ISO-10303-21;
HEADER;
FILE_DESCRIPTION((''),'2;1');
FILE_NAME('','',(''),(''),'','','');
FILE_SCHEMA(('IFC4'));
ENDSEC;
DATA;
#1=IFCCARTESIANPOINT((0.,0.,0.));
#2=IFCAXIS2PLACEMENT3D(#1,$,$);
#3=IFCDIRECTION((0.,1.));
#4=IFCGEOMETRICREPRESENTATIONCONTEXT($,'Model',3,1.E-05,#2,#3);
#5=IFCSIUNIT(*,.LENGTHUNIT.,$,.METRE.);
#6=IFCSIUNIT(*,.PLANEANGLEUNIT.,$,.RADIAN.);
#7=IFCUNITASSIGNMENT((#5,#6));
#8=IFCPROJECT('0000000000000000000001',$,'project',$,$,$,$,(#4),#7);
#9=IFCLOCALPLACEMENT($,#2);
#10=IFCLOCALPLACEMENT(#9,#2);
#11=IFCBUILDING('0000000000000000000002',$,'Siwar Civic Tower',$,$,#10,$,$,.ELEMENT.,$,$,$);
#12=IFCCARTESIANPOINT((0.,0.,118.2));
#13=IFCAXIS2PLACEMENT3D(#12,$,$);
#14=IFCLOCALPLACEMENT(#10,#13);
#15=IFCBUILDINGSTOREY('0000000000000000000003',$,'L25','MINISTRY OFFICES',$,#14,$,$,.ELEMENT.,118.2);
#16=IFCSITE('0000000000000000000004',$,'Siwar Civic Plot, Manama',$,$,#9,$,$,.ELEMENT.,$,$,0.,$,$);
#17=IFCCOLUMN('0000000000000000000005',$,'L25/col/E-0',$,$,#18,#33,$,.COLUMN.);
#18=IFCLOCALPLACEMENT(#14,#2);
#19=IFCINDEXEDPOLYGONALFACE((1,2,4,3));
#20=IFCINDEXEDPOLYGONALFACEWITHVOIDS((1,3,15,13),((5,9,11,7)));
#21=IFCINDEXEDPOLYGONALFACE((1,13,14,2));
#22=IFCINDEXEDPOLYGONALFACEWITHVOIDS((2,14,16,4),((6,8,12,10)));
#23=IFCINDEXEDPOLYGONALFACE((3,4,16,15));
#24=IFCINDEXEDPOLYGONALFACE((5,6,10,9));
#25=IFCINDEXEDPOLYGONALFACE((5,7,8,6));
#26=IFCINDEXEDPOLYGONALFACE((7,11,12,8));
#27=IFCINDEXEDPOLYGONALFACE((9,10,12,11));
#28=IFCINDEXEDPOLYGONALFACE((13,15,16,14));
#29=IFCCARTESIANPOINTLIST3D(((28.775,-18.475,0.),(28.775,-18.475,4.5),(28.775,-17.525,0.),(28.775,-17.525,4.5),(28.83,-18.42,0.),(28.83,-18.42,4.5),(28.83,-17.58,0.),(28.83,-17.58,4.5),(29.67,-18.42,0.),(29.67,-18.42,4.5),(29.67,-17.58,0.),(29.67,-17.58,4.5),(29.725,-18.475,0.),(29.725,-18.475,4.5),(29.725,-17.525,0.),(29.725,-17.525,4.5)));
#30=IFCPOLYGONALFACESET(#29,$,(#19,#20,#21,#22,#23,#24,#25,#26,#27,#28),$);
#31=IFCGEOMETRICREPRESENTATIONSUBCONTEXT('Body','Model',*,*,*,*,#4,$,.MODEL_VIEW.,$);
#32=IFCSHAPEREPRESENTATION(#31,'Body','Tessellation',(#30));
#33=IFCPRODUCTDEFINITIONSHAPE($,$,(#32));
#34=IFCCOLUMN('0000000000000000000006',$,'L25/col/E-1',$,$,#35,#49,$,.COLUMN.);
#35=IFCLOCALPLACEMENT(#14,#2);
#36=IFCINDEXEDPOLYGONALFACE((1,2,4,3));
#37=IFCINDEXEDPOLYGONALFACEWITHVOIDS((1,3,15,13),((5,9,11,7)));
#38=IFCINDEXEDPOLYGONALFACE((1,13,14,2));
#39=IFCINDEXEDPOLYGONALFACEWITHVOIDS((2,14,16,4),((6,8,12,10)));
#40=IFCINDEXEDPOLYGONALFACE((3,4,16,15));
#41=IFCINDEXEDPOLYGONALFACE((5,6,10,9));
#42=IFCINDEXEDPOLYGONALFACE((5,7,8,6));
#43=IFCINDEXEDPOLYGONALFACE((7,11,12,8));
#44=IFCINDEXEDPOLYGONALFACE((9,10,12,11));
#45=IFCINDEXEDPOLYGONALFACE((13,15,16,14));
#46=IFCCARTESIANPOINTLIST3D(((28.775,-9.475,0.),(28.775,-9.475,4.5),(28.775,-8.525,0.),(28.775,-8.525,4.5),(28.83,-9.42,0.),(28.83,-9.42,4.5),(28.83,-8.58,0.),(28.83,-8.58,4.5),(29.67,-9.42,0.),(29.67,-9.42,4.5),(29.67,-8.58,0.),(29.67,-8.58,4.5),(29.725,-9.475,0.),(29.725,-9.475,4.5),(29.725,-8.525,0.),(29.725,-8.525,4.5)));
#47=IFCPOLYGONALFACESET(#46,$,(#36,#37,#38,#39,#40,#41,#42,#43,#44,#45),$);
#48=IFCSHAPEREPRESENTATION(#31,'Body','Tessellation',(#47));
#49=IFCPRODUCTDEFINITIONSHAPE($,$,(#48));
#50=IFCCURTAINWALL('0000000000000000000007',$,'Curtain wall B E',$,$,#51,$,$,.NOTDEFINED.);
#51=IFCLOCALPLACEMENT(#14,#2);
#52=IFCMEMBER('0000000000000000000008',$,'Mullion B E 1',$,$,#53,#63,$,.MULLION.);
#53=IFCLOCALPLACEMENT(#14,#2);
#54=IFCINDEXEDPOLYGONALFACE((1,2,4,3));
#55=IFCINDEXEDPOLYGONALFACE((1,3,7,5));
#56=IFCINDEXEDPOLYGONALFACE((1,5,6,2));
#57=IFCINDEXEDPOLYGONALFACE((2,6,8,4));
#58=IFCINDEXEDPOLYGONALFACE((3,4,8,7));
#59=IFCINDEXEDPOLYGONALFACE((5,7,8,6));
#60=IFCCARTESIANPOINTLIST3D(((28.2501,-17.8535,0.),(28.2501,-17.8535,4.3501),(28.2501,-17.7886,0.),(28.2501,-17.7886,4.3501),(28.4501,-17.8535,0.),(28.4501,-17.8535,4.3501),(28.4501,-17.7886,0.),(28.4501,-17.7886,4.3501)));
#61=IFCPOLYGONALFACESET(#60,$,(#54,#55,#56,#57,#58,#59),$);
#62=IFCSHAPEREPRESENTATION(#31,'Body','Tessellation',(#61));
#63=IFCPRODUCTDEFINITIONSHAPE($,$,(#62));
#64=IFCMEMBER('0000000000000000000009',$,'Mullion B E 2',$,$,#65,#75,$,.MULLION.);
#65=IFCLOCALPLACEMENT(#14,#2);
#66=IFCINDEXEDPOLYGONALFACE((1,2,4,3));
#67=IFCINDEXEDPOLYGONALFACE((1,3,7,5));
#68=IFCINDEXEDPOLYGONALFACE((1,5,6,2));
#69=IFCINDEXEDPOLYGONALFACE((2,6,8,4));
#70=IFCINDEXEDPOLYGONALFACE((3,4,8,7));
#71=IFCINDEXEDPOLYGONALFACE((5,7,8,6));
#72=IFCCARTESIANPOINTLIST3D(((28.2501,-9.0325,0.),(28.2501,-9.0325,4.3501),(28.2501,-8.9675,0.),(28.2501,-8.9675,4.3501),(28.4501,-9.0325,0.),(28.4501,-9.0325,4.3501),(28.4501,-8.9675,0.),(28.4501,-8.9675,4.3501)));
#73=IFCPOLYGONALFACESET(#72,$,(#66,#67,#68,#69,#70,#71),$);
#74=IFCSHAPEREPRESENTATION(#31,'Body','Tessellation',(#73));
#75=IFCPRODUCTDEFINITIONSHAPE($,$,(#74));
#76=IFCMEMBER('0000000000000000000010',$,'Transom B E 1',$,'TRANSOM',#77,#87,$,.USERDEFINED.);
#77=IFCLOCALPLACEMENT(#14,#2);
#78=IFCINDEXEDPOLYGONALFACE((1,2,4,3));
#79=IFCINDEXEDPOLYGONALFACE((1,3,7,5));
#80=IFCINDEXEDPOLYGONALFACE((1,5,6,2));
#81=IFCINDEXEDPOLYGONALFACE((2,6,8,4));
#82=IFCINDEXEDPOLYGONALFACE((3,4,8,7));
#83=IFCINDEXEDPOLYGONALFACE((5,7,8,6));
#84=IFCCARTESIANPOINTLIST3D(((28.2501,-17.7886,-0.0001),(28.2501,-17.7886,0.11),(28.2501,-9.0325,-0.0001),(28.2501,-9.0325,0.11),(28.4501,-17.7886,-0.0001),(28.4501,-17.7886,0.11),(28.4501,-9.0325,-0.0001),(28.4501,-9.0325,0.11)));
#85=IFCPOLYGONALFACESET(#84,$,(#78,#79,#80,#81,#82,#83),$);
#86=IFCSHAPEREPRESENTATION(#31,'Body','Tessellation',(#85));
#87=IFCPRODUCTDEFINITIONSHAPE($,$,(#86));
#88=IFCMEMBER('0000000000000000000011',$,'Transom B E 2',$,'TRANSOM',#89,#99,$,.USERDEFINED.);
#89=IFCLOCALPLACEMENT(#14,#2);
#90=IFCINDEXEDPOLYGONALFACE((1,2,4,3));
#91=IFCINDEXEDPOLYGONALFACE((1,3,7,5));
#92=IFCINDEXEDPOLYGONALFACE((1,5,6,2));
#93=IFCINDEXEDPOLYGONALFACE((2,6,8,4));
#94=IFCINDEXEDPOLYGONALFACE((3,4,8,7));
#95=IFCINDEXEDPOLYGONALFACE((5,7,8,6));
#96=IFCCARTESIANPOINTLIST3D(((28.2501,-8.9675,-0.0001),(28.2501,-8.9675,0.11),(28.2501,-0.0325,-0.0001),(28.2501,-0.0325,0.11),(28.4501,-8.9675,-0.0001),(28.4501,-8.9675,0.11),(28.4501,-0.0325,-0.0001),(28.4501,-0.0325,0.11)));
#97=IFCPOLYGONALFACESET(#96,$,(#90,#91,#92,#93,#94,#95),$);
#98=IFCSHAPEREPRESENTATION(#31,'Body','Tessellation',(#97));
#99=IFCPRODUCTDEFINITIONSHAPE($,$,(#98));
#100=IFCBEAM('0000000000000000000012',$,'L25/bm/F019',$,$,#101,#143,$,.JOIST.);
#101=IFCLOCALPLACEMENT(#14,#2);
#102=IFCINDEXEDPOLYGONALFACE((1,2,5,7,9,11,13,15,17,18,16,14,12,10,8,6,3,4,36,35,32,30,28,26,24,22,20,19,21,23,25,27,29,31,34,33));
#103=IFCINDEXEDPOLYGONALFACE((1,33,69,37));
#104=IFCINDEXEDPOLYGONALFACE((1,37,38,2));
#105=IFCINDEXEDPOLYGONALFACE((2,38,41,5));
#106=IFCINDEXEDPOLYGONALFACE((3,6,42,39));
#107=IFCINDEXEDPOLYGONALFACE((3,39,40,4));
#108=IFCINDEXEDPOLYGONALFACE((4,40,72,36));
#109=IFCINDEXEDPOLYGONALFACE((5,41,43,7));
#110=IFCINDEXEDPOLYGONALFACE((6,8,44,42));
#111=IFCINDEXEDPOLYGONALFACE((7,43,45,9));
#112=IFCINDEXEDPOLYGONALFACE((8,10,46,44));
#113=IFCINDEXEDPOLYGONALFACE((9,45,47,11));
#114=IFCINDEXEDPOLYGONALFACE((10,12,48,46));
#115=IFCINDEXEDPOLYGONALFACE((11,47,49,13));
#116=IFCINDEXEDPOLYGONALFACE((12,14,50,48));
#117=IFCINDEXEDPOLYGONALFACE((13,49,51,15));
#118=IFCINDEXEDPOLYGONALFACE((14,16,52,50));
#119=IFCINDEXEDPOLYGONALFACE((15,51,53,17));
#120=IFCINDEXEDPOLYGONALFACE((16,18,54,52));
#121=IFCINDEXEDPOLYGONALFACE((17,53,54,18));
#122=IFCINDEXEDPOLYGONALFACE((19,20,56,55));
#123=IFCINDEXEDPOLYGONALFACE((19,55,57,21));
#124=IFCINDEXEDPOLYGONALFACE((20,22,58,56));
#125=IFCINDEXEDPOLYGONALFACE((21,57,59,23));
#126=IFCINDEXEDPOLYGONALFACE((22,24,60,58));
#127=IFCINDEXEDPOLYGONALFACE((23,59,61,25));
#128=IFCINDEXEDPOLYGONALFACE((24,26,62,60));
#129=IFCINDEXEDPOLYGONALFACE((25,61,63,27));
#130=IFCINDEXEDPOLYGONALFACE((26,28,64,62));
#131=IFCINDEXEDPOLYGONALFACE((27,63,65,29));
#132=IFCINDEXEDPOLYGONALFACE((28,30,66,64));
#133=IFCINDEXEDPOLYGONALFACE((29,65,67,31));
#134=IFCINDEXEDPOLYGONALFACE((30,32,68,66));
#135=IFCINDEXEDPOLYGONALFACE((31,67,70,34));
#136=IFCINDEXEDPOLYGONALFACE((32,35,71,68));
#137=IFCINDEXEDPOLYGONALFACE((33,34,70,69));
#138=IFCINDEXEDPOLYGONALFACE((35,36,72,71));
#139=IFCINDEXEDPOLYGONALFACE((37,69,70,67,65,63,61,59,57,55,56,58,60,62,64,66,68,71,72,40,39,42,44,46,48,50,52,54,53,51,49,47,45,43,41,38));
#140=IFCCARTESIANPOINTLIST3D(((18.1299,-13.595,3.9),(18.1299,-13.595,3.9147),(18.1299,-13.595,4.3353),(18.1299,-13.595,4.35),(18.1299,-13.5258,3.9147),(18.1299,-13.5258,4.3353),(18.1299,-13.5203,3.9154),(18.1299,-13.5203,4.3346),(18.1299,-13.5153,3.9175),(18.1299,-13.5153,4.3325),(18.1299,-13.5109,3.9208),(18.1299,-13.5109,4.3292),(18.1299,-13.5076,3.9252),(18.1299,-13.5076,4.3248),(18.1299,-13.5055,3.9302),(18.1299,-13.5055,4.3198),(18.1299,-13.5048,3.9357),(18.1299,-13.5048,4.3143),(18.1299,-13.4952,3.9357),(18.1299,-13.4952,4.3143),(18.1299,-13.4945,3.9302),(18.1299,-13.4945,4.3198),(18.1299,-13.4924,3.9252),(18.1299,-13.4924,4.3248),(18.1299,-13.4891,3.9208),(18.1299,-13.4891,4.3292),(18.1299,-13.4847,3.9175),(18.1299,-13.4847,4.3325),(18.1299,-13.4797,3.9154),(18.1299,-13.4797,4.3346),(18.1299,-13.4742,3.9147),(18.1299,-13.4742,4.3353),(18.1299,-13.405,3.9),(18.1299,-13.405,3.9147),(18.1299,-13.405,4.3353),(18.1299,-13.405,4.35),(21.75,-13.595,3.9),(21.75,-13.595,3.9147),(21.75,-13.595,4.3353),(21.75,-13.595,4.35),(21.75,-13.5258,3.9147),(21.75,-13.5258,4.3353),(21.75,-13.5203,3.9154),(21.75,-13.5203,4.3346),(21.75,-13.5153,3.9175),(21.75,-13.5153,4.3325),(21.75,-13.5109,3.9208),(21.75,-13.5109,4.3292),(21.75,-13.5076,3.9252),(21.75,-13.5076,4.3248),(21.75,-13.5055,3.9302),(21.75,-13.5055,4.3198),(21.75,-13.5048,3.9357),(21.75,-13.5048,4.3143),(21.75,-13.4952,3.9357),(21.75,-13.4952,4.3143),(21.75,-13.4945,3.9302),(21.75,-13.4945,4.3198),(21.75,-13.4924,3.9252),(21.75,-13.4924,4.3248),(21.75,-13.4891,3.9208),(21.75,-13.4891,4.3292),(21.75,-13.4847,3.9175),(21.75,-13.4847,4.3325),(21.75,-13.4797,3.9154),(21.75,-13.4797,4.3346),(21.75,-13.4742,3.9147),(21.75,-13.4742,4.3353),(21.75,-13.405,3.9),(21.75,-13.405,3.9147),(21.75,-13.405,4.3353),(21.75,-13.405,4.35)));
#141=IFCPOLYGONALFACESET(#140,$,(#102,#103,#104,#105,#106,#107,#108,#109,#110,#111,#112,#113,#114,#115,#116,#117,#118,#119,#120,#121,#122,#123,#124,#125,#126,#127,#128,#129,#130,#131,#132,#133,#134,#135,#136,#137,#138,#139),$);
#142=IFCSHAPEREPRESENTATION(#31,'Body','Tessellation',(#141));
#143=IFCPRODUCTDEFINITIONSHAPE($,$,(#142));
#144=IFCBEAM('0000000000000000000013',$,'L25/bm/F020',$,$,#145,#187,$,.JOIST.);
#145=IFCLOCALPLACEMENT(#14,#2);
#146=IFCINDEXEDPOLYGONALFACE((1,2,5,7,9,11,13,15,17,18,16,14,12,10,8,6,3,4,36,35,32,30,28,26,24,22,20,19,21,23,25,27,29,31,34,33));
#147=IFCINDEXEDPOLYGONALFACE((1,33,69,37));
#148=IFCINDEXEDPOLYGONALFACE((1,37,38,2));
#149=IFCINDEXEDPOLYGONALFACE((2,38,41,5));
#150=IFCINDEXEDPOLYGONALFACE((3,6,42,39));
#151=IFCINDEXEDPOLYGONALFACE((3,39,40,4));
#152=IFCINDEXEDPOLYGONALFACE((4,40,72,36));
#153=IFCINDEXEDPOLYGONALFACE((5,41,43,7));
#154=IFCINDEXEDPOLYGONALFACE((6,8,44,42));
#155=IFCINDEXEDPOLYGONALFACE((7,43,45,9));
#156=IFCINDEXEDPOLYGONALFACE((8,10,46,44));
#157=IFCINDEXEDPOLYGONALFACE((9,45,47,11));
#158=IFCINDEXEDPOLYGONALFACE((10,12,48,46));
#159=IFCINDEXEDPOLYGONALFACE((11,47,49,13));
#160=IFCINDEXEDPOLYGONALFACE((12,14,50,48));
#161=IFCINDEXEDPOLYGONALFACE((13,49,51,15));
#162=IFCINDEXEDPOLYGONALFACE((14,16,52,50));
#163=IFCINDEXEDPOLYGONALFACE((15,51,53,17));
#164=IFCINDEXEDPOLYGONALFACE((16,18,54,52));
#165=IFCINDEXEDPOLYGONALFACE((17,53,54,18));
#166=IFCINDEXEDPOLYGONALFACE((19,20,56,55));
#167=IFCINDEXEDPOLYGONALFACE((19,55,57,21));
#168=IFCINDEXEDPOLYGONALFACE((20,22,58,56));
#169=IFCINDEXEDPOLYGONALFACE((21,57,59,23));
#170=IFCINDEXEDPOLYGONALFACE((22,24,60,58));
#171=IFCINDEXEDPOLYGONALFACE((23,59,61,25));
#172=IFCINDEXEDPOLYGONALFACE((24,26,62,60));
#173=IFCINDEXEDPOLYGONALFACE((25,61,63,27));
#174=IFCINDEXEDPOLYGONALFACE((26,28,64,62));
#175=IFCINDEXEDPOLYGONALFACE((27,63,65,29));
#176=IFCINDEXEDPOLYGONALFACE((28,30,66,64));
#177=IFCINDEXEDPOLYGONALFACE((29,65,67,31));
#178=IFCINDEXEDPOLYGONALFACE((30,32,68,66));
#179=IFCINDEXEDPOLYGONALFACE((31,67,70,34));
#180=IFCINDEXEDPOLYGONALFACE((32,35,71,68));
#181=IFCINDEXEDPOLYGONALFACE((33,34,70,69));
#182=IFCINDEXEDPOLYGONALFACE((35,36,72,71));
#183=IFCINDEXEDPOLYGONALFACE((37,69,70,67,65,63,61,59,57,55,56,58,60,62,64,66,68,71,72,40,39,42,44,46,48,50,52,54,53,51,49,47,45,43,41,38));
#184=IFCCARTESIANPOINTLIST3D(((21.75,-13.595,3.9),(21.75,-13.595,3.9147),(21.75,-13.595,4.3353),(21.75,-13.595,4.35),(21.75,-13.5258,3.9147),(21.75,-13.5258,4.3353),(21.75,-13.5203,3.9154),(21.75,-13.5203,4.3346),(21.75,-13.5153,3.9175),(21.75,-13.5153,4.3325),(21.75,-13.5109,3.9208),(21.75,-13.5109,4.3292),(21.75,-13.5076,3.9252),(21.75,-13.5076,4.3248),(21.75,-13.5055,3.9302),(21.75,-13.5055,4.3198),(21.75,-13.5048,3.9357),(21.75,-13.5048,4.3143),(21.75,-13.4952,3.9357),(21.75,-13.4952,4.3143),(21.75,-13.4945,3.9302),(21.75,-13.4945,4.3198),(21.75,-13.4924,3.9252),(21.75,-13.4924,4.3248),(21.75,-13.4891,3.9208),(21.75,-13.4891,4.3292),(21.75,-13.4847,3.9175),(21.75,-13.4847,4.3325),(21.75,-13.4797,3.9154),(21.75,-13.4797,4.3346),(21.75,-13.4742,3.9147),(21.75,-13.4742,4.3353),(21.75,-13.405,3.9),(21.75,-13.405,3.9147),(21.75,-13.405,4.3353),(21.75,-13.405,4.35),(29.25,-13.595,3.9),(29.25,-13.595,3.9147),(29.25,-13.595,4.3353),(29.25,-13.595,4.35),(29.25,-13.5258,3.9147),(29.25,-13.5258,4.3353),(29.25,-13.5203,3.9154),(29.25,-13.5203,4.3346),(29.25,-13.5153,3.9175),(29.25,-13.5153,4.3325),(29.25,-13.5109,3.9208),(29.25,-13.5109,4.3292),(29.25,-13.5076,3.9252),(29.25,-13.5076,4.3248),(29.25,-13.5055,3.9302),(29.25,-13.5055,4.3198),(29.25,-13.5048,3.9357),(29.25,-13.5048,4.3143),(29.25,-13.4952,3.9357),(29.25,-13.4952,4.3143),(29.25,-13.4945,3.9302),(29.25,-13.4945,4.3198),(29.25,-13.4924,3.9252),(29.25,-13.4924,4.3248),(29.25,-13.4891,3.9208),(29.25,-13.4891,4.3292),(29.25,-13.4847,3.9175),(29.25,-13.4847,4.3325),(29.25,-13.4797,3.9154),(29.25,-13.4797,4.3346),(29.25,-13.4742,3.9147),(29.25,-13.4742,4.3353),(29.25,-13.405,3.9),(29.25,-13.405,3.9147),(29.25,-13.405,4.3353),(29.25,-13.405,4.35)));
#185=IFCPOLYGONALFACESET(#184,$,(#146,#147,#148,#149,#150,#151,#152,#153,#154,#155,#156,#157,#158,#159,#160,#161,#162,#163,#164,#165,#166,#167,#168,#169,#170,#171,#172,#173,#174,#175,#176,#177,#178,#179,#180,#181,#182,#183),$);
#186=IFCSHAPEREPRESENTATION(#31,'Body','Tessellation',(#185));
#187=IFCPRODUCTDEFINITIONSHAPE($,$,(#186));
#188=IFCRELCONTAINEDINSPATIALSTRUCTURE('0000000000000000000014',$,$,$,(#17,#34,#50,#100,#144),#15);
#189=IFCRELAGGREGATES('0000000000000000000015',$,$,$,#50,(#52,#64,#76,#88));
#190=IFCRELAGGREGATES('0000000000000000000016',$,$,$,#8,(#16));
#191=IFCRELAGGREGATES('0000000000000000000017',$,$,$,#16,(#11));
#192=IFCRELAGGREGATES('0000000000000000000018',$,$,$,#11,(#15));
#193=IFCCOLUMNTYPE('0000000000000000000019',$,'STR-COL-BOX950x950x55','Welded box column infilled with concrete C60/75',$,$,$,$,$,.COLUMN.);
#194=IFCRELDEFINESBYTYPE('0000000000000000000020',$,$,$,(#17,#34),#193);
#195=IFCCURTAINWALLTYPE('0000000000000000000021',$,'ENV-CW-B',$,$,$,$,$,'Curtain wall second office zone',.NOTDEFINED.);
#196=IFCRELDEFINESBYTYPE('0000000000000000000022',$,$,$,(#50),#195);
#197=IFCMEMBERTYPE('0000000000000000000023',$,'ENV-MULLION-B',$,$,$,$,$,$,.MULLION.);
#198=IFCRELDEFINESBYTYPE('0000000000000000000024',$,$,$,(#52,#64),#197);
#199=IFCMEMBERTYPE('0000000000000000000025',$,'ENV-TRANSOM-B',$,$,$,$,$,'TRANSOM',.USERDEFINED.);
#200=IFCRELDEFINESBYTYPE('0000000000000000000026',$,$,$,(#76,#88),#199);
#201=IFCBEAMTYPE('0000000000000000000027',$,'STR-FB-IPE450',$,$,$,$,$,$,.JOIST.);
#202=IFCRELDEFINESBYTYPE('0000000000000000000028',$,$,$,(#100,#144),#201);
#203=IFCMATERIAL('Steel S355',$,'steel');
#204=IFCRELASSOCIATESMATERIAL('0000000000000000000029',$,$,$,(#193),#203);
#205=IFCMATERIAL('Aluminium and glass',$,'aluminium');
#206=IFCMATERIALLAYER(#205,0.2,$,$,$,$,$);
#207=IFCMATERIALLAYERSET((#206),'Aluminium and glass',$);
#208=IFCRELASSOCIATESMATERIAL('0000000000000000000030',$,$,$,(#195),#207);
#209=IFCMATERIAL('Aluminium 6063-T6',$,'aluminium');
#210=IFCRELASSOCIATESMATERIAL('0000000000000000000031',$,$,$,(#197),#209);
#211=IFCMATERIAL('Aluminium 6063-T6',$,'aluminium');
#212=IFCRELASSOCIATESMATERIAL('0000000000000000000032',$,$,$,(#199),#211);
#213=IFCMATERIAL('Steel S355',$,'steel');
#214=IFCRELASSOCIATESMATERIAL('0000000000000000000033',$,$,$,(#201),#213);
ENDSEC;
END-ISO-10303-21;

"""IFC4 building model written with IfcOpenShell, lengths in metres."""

from ifc_helpers import new_model, si_unit, direction, frame, origin, origin_2d, place, context, subcontext, project, spatial, rectangle, hollow_rectangle, i_section, extrude, material, layer, layer_set, material_profile, profile_set, type_object, element, aggregate, save


model = new_model("IFC4")

# Units and contexts
model_context = context("Model", 3, precision=1e-05, world=origin(), true_north=direction((0.0, 1.0)))
body_context = subcontext(model_context, "Body", "Model", "MODEL_VIEW")
ifc_project = project(units=[si_unit("LENGTHUNIT", "METRE"), si_unit("PLANEANGLEUNIT", "RADIAN")], contexts=[model_context])

# Site, building, storey
site_placement = place(None, origin())
site = spatial("IfcSite", under=ifc_project, at=site_placement, Name="Siwar Civic Plot, Manama", CompositionType="ELEMENT", RefElevation=0.0)
building_placement = place(site_placement, origin())
building = spatial("IfcBuilding", under=site, at=building_placement, Name="Siwar Civic Tower", CompositionType="ELEMENT")
storey_placement = place(building_placement, frame((0.0, 0.0, 118.2)))
storey = spatial("IfcBuildingStorey", under=building, at=storey_placement, Name="L25", Description="MINISTRY OFFICES", CompositionType="ELEMENT", Elevation=118.2)

# Columns
ifc_material_1 = material(Name="Steel S355", Category="steel")
ifc_material_profile_1 = material_profile(ifc_material_1, hollow_rectangle(XDim=0.95, YDim=0.95, WallThickness=0.0549, at=origin_2d()), Name="BOX950x950x55")
ifc_profile_set_1 = profile_set([ifc_material_profile_1], Name="Steel S355")
column_type = type_object("IfcColumnType", Name="STR-COL-BOX950x950x55", Description="Welded box column infilled with concrete C60/75", PredefinedType="COLUMN", material=ifc_profile_set_1)
for number, where, z_axis, x_axis, name in (
    (1, (29.25, -18.0, 0.0), (0.0, 0.0, 1.0), (1.0, 0.0, 0.0), "L25/col/E-0"),
    (2, (29.25, -9.0, 0.0), (0.0, 0.0, 1.0), (1.0, 0.0, 0.0), "L25/col/E-1"),
):
    element("IfcColumn", number, at=place(storey_placement, frame(where, z_axis=z_axis, x_axis=x_axis)), inside=storey, type_object=column_type, Name=name, PredefinedType="COLUMN", context=body_context, shape_type="SweptSolid", body=[
        extrude(hollow_rectangle(XDim=0.95, YDim=0.95, WallThickness=0.0549, at=origin_2d()), origin(), (0.0, 0.0, 1.0), 4.5),
    ])

# Curtain wall, members
ifc_material_2 = material(Name="Aluminium and glass", Category="aluminium")
ifc_layer_1 = layer(ifc_material_2, 0.2)
ifc_layer_set_1 = layer_set([ifc_layer_1], Name="Aluminium and glass")
curtain_wall_type = type_object("IfcCurtainWallType", Name="ENV-CW-B", ElementType="Curtain wall second office zone", PredefinedType="NOTDEFINED", material=ifc_layer_set_1)
curtain_wall_placement = place(storey_placement, origin())
curtain_wall = element("IfcCurtainWall", 3, at=curtain_wall_placement, inside=storey, type_object=curtain_wall_type, Name="Curtain wall B E", PredefinedType="NOTDEFINED")
ifc_material_3 = material(Name="Aluminium 6063-T6", Category="aluminium")
ifc_material_profile_2 = material_profile(ifc_material_3, rectangle(XDim=0.2, YDim=0.0649, at=origin_2d()), Name="AL 200x65")
ifc_profile_set_2 = profile_set([ifc_material_profile_2], Name="Aluminium 6063-T6")
member_type_1 = type_object("IfcMemberType", Name="ENV-MULLION-B", PredefinedType="MULLION", material=ifc_profile_set_2)
member_1_placement = place(storey_placement, frame((28.3501, -17.821, 0.0), z_axis=(0.0, 0.0, 1.0), x_axis=(-1.0, 0.0, 0.0)))
member_1 = element("IfcMember", 4, at=member_1_placement, type_object=member_type_1, Name="Mullion B E 1", PredefinedType="MULLION", context=body_context, shape_type="SweptSolid", body=[
    extrude(rectangle(XDim=0.2, YDim=0.0649, at=origin_2d()), origin(), (0.0, 0.0, 1.0), 4.3501),
])
member_2_placement = place(storey_placement, frame((28.3501, -9.0, 0.0), z_axis=(0.0, 0.0, 1.0), x_axis=(-1.0, 0.0, 0.0)))
member_2 = element("IfcMember", 5, at=member_2_placement, type_object=member_type_1, Name="Mullion B E 2", PredefinedType="MULLION", context=body_context, shape_type="SweptSolid", body=[
    extrude(rectangle(XDim=0.2, YDim=0.0649, at=origin_2d()), origin(), (0.0, 0.0, 1.0), 4.3501),
])
ifc_material_4 = material(Name="Aluminium 6063-T6", Category="aluminium")
ifc_material_profile_3 = material_profile(ifc_material_4, rectangle(XDim=0.2, YDim=0.1101, at=origin_2d()), Name="AL 200x110")
ifc_profile_set_3 = profile_set([ifc_material_profile_3], Name="Aluminium 6063-T6")
member_type_2 = type_object("IfcMemberType", Name="ENV-TRANSOM-B", ElementType="TRANSOM", PredefinedType="USERDEFINED", material=ifc_profile_set_3)
member_3_placement = place(storey_placement, frame((28.3501, -17.7886, 0.0549), z_axis=(0.0, 1.0, 0.0), x_axis=(-1.0, 0.0, 0.0)))
member_3 = element("IfcMember", 6, at=member_3_placement, type_object=member_type_2, Name="Transom B E 1", ObjectType="TRANSOM", PredefinedType="USERDEFINED", context=body_context, shape_type="SweptSolid", body=[
    extrude(rectangle(XDim=0.2, YDim=0.1101, at=origin_2d()), origin(), (0.0, 0.0, 1.0), 8.7561),
])
member_4_placement = place(storey_placement, frame((28.3501, -8.9675, 0.0549), z_axis=(0.0, 1.0, 0.0), x_axis=(-1.0, 0.0, 0.0)))
member_4 = element("IfcMember", 7, at=member_4_placement, type_object=member_type_2, Name="Transom B E 2", ObjectType="TRANSOM", PredefinedType="USERDEFINED", context=body_context, shape_type="SweptSolid", body=[
    extrude(rectangle(XDim=0.2, YDim=0.1101, at=origin_2d()), origin(), (0.0, 0.0, 1.0), 8.9351),
])

# Beams
ifc_material_5 = material(Name="Steel S355", Category="steel")
ifc_material_profile_4 = material_profile(ifc_material_5, i_section(OverallWidth=0.1899, OverallDepth=0.45, WebThickness=0.0095, FlangeThickness=0.0146, FilletRadius=0.021, at=origin_2d()), Name="IPE450")
ifc_profile_set_4 = profile_set([ifc_material_profile_4], Name="Steel S355")
beam_type_1 = type_object("IfcBeamType", Name="STR-FB-IPE450", PredefinedType="JOIST", material=ifc_profile_set_4)
beam_placement = place(storey_placement, frame((18.1299, -13.5, 4.125), z_axis=(1.0, 0.0, 0.0), x_axis=(0.0, 1.0, 0.0)))
element("IfcBeam", 8, at=beam_placement, inside=storey, type_object=beam_type_1, Name="L25/bm/F019", PredefinedType="JOIST", context=body_context, shape_type="SweptSolid", body=[
    extrude(i_section(OverallWidth=0.1899, OverallDepth=0.45, WebThickness=0.0095, FlangeThickness=0.0146, FilletRadius=0.021, at=origin_2d()), origin(), (0.0, 0.0, 1.0), 3.6201),
])
for number, where, z_axis, x_axis, name in (
    (9, (21.75, -13.5, 4.125), (1.0, 0.0, 0.0), (0.0, 1.0, 0.0), "L25/bm/F020"),
):
    element("IfcBeam", number, at=place(storey_placement, frame(where, z_axis=z_axis, x_axis=x_axis)), inside=storey, type_object=beam_type_1, Name=name, PredefinedType="JOIST", context=body_context, shape_type="SweptSolid", body=[
        extrude(i_section(OverallWidth=0.1899, OverallDepth=0.45, WebThickness=0.0095, FlangeThickness=0.0146, FilletRadius=0.021, at=origin_2d()), origin(), (0.0, 0.0, 1.0), 7.5),
    ])

aggregate(curtain_wall, [member_1, member_2, member_3, member_4])

save(model, "model.ifc")
